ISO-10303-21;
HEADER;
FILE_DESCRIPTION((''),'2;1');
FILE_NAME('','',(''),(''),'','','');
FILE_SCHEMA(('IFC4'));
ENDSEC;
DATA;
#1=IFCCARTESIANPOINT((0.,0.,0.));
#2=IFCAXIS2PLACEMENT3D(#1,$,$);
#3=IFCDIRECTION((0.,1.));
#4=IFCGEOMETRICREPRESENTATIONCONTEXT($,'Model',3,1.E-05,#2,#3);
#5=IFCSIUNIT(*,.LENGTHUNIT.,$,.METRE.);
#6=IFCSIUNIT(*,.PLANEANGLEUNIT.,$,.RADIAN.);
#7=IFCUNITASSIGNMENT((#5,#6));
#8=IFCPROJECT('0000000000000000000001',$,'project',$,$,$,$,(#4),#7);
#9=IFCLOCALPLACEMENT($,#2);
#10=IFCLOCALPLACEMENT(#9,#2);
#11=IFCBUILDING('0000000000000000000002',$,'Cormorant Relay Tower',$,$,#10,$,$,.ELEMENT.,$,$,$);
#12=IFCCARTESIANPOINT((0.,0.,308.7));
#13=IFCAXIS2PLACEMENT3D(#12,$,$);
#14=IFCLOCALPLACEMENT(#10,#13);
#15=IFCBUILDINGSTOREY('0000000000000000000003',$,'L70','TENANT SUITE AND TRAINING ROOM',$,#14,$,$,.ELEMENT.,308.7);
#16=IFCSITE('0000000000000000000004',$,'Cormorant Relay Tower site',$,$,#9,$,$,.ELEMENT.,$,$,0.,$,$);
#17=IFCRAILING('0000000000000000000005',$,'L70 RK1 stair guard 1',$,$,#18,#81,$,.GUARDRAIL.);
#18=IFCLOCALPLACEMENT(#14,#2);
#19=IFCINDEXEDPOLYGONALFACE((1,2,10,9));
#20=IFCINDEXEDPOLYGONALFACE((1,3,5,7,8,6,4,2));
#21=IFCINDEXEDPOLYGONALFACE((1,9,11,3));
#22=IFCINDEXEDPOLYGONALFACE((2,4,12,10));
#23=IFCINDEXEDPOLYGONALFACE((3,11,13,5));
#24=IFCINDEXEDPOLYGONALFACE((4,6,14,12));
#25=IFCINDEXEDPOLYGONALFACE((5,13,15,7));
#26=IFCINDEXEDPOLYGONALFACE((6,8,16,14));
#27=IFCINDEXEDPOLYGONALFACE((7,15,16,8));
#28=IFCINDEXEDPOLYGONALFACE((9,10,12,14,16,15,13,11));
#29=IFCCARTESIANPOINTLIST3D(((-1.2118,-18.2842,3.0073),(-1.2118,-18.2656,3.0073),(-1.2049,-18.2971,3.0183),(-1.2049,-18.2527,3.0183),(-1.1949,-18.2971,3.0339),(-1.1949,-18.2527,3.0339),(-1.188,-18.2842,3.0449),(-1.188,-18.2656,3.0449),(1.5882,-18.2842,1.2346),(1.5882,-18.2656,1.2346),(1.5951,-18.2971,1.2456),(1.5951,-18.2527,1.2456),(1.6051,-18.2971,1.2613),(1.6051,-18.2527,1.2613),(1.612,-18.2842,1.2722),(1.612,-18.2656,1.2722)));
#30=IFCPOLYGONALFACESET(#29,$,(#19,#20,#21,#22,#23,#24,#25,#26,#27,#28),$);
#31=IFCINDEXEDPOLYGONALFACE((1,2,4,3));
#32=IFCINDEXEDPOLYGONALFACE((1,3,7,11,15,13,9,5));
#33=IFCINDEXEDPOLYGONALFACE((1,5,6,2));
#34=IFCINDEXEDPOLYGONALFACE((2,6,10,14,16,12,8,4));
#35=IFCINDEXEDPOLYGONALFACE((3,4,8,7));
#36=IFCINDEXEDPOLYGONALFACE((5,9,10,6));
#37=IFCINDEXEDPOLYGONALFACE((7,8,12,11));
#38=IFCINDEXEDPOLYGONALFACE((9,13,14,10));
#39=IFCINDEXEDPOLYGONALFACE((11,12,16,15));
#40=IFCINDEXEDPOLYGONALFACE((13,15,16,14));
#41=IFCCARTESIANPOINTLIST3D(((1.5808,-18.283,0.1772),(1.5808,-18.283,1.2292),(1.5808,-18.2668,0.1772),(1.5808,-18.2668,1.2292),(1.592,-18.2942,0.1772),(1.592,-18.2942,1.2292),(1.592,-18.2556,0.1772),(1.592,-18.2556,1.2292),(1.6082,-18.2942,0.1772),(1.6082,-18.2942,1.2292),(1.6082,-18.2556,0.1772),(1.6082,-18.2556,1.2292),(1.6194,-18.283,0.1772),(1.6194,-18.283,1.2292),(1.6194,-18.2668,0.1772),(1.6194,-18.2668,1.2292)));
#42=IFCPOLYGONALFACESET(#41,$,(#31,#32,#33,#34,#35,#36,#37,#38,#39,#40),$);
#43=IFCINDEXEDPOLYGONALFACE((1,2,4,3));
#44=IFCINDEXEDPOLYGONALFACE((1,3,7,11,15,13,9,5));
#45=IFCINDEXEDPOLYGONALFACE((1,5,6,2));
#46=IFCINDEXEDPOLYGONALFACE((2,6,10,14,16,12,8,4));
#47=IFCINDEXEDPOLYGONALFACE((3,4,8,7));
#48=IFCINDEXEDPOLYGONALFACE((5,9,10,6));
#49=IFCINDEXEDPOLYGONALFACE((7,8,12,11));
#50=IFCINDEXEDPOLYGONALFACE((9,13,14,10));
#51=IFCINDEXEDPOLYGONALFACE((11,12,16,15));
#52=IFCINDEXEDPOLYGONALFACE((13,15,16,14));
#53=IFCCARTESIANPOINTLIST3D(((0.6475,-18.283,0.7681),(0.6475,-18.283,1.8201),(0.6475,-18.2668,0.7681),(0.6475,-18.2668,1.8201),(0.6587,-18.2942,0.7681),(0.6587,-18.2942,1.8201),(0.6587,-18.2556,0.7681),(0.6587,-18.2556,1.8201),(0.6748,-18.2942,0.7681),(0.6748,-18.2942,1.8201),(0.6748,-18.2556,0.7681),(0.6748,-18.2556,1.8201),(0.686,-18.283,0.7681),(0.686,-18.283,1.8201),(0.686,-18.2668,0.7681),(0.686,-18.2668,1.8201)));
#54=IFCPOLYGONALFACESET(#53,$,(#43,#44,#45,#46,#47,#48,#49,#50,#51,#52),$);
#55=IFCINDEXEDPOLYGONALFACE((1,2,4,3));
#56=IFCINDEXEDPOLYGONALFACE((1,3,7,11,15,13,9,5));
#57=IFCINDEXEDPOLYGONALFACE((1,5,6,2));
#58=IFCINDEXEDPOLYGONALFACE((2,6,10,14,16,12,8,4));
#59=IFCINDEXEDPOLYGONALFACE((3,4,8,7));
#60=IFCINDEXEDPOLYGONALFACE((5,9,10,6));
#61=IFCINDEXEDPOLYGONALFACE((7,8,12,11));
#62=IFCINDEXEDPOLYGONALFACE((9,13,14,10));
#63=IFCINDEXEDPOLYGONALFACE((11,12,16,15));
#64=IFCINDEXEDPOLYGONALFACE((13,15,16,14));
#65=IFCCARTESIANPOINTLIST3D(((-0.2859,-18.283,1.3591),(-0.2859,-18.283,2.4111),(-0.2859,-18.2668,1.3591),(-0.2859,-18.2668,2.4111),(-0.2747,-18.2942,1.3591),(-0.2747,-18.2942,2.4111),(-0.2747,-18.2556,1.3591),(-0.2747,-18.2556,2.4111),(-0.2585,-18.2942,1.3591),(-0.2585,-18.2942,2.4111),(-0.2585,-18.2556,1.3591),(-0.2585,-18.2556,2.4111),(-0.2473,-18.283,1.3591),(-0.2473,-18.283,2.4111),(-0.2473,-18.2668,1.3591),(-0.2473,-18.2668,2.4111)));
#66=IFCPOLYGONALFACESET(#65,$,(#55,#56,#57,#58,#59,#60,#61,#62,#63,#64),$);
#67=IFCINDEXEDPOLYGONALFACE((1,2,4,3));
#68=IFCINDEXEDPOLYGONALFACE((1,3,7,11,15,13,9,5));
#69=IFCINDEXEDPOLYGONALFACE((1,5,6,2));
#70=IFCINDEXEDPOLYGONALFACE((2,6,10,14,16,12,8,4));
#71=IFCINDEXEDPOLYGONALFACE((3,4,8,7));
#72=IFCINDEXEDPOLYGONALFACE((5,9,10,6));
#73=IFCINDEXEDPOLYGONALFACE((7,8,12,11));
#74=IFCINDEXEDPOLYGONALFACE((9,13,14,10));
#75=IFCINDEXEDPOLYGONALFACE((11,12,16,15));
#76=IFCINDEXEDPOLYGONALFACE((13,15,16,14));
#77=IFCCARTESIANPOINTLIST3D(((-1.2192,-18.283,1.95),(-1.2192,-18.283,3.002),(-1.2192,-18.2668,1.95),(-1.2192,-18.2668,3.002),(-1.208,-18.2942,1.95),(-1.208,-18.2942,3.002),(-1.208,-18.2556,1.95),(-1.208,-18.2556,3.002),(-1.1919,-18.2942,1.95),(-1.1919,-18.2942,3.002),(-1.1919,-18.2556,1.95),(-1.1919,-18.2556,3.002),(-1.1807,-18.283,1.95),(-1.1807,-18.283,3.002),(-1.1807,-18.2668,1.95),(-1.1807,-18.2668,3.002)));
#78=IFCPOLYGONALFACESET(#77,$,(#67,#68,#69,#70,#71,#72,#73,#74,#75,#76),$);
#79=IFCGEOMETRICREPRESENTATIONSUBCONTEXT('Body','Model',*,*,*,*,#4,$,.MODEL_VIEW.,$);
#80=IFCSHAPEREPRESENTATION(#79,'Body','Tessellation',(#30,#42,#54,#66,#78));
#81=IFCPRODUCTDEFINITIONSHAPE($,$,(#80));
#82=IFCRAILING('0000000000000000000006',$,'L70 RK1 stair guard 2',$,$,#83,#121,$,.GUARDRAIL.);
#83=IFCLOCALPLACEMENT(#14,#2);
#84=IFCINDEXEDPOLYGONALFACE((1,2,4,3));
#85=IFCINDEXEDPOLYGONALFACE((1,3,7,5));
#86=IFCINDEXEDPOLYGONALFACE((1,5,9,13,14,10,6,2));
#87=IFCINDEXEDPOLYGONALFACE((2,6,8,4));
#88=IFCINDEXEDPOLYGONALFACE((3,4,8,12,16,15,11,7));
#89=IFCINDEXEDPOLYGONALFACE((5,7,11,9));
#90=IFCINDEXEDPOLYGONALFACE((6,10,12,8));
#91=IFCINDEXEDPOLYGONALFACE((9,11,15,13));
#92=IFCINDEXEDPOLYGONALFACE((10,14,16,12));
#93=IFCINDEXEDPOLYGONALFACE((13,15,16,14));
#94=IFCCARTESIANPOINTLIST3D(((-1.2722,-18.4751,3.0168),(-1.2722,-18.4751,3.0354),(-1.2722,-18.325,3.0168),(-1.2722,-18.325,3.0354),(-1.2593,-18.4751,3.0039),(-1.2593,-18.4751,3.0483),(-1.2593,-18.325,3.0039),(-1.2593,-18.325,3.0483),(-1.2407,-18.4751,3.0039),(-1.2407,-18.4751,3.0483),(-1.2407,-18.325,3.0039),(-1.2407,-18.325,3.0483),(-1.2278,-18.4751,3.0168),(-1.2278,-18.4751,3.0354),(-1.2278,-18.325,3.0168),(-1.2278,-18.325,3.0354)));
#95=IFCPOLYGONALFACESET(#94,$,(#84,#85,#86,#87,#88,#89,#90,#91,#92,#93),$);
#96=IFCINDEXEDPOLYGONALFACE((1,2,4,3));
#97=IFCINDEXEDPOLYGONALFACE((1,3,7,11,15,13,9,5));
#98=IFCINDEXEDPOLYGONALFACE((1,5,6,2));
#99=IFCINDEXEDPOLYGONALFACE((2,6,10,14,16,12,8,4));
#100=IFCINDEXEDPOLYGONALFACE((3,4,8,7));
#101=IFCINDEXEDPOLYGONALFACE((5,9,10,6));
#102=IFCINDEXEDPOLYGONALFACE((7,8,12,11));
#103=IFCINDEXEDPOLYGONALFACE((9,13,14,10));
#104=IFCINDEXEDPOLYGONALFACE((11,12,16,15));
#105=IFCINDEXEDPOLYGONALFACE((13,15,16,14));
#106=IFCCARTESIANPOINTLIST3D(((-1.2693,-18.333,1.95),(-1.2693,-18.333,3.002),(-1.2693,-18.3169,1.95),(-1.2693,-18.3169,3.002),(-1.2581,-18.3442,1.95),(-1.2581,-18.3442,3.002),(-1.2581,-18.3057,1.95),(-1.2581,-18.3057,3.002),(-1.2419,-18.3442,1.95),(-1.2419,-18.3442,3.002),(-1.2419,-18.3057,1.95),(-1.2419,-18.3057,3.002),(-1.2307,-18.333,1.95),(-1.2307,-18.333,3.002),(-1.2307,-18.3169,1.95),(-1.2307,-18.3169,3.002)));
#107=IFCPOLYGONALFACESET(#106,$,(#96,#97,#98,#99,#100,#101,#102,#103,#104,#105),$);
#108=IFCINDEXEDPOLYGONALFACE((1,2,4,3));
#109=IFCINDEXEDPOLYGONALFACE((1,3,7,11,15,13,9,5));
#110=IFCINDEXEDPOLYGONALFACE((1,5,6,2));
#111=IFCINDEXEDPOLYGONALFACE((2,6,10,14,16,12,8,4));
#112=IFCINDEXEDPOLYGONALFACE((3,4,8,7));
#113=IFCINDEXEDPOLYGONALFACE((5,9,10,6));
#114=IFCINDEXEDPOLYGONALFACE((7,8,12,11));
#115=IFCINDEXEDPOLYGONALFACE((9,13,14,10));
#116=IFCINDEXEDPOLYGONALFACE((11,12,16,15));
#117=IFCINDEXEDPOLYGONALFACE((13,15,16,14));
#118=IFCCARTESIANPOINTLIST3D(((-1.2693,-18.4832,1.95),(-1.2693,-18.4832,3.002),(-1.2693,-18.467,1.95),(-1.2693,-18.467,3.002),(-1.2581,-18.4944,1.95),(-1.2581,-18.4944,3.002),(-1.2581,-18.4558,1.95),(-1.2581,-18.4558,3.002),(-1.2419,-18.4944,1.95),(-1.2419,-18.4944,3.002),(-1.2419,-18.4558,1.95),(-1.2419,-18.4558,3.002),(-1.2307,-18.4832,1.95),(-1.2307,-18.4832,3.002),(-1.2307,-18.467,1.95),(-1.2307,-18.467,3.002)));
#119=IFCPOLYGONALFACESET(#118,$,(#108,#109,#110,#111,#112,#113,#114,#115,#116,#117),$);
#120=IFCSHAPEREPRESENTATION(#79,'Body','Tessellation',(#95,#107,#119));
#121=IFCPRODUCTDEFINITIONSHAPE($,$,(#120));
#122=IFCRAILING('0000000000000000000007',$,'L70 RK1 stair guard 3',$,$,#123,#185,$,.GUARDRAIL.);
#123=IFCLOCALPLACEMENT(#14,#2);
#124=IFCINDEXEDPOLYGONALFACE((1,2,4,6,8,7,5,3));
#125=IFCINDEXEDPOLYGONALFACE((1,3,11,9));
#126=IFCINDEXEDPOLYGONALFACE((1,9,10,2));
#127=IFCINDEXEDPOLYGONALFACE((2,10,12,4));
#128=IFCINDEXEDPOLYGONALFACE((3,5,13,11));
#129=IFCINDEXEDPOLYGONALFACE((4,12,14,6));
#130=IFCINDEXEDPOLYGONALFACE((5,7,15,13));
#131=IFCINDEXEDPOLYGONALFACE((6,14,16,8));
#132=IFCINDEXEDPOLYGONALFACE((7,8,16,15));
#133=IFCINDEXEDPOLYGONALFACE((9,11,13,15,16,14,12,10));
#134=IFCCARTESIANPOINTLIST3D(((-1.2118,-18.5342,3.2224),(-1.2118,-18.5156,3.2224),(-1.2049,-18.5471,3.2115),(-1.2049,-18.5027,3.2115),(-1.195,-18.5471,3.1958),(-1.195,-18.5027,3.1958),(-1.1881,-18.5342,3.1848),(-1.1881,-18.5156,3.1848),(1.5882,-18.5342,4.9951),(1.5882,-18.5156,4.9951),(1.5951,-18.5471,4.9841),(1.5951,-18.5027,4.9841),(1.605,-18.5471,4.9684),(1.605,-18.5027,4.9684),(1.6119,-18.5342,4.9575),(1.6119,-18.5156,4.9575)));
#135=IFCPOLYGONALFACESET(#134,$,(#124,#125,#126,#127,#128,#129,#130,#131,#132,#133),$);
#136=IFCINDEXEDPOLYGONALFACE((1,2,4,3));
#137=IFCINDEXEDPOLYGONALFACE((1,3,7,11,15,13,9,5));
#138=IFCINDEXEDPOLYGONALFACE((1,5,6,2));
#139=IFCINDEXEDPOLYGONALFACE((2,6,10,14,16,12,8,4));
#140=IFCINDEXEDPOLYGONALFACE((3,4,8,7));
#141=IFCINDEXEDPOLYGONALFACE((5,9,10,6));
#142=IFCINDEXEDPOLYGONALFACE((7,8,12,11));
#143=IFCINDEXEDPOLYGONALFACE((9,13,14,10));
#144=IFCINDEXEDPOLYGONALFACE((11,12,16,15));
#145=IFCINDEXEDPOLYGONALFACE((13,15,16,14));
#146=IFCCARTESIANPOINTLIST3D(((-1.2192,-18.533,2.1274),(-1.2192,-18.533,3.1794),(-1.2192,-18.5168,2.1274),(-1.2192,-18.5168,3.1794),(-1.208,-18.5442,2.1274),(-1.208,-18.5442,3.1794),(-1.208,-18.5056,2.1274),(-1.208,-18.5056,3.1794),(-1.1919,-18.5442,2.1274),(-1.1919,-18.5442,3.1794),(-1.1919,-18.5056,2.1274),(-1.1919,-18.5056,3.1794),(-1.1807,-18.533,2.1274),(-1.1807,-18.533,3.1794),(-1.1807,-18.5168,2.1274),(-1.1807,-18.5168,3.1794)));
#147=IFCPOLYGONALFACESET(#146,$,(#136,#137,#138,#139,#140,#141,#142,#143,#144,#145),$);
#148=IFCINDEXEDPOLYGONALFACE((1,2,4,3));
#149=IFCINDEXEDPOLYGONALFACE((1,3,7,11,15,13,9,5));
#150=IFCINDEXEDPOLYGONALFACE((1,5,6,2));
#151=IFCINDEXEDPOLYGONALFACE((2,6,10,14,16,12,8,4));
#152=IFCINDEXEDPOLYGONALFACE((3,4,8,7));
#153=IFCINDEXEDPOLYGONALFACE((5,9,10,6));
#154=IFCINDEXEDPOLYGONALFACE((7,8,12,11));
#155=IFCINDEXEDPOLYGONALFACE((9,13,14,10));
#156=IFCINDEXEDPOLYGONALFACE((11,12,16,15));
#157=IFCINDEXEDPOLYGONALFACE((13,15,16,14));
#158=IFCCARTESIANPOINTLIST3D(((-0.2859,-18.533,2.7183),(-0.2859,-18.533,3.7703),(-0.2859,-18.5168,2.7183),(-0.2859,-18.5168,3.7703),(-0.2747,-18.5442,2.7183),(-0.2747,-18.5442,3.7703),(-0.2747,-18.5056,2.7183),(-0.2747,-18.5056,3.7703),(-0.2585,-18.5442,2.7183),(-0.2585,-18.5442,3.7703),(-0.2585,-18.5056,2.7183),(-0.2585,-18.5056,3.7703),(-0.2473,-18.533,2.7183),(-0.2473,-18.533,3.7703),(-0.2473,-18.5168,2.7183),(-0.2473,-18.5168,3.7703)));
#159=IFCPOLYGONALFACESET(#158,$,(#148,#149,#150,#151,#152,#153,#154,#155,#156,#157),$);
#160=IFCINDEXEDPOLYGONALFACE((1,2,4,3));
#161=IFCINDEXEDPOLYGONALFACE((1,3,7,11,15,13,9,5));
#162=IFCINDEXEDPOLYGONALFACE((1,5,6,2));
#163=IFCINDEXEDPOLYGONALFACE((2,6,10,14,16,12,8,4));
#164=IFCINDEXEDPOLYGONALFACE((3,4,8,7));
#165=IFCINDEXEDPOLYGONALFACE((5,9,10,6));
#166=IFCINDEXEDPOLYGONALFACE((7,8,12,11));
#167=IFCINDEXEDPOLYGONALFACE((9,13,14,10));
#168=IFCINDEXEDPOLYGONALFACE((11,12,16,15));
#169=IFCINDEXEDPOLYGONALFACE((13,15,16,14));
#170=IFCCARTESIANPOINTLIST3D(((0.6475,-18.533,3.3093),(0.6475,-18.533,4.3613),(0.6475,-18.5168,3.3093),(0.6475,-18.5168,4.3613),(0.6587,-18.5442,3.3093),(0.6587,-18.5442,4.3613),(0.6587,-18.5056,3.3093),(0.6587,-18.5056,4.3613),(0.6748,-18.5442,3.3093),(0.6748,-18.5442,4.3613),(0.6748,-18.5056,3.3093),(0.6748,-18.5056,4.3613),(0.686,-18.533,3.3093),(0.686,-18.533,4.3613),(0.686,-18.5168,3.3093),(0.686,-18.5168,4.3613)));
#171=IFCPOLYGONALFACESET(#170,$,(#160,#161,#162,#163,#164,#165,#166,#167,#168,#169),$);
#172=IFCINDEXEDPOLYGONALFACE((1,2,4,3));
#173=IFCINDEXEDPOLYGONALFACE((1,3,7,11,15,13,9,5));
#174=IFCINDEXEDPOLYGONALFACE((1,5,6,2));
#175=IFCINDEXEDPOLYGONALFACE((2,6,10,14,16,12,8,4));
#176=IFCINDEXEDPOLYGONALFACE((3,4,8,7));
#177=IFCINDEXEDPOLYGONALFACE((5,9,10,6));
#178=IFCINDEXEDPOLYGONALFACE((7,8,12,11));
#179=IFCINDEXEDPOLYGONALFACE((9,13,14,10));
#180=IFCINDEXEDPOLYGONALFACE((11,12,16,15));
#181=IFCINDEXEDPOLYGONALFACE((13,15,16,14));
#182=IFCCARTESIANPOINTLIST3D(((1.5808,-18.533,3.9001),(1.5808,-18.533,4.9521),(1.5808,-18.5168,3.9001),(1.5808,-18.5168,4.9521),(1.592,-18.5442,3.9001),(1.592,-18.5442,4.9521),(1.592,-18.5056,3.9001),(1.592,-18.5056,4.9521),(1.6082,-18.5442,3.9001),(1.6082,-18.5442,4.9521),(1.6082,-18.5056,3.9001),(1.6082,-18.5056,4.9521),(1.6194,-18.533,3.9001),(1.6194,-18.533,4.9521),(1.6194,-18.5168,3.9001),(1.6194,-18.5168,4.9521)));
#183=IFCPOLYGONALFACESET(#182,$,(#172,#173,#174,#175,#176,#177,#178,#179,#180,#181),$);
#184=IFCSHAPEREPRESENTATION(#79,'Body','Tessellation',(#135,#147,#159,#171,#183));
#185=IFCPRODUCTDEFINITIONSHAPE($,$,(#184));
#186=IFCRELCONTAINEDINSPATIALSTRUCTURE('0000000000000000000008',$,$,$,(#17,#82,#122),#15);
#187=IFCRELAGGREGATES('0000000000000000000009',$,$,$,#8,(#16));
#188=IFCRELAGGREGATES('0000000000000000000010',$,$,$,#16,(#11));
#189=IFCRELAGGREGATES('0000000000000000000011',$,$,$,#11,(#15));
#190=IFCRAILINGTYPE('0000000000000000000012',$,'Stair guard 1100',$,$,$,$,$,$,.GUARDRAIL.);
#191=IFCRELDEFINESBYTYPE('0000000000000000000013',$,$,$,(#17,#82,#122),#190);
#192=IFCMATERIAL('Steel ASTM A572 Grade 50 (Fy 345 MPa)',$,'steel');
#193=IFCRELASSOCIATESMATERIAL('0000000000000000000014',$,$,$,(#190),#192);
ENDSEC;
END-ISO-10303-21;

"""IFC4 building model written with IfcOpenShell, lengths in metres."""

from ifc_helpers import new_model, si_unit, direction, frame, origin, place, context, subcontext, project, spatial, polyline, outline, extrude, material, type_object, element, save


model = new_model("IFC4")

# Units and contexts
model_context = context("Model", 3, precision=1e-05, world=origin(), true_north=direction((0.0, 1.0)))
body_context = subcontext(model_context, "Body", "Model", "MODEL_VIEW")
ifc_project = project(units=[si_unit("LENGTHUNIT", "METRE"), si_unit("PLANEANGLEUNIT", "RADIAN")], contexts=[model_context])

# Site, building, storey
site_placement = place(None, origin())
site = spatial("IfcSite", under=ifc_project, at=site_placement, Name="Cormorant Relay Tower site", CompositionType="ELEMENT", RefElevation=0.0)
building_placement = place(site_placement, origin())
building = spatial("IfcBuilding", under=site, at=building_placement, Name="Cormorant Relay Tower", CompositionType="ELEMENT")
storey_placement = place(building_placement, frame((0.0, 0.0, 308.7)))
storey = spatial("IfcBuildingStorey", under=building, at=storey_placement, Name="L70", Description="TENANT SUITE AND TRAINING ROOM", CompositionType="ELEMENT", Elevation=308.7)

# Railings
ifc_material_1 = material(Name="Steel ASTM A572 Grade 50 (Fy 345 MPa)", Category="steel")
railing_type_1 = type_object("IfcRailingType", Name="Stair guard 1100", PredefinedType="GUARDRAIL", material=ifc_material_1)
railing_1_placement = place(storey_placement, frame((1.6001, -18.2749, 0.1772)))
element("IfcRailing", 1, at=railing_1_placement, inside=storey, type_object=railing_type_1, Name="L70 RK1 stair guard 1", PredefinedType="GUARDRAIL", context=body_context, shape_type="SweptSolid", body=[
    extrude(outline(polyline([(0.0222, 0.0093), (0.0093, 0.0222), (-0.0093, 0.0222), (-0.0222, 0.0093), (-0.0222, -0.0093), (-0.0093, -0.0222), (0.0093, -0.0222), (0.0222, -0.0093), (0.0222, 0.0093)])), frame((0.0, 0.0, 1.0762), z_axis=(-0.844909, 0.0, 0.53491), x_axis=(0.0, -1.0, 0.0)), (0.0, 0.0, 1.0), 3.314),
    extrude(outline(polyline([(0.0193, 0.0081), (0.0081, 0.0193), (-0.0081, 0.0193), (-0.0193, 0.0081), (-0.0193, -0.0081), (-0.0081, -0.0193), (0.0081, -0.0193), (0.0193, -0.0081), (0.0193, 0.0081)])), origin(), (0.0, 0.0, 1.0), 1.052),
    extrude(outline(polyline([(0.0193, 0.0081), (0.0081, 0.0193), (-0.0081, 0.0193), (-0.0193, 0.0081), (-0.0193, -0.0081), (-0.0081, -0.0193), (0.0081, -0.0193), (0.0193, -0.0081), (0.0193, 0.0081)])), frame((-0.9333, 0.0, 0.5908)), (0.0, 0.0, 1.0), 1.052),
    extrude(outline(polyline([(0.0193, 0.0081), (0.0081, 0.0193), (-0.0081, 0.0193), (-0.0193, 0.0081), (-0.0193, -0.0081), (-0.0081, -0.0193), (0.0081, -0.0193), (0.0193, -0.0081), (0.0193, 0.0081)])), frame((-1.8667, 0.0, 1.1819)), (0.0, 0.0, 1.0), 1.052),
    extrude(outline(polyline([(0.0193, 0.0081), (0.0081, 0.0193), (-0.0081, 0.0193), (-0.0193, 0.0081), (-0.0193, -0.0081), (-0.0081, -0.0193), (0.0081, -0.0193), (0.0193, -0.0081), (0.0193, 0.0081)])), frame((-2.8, 0.0, 1.7727)), (0.0, 0.0, 1.0), 1.052),
])
railing_2_placement = place(storey_placement, frame((-1.25, -18.325, 1.95)))
element("IfcRailing", 2, at=railing_2_placement, inside=storey, type_object=railing_type_1, Name="L70 RK1 stair guard 2", PredefinedType="GUARDRAIL", context=body_context, shape_type="SweptSolid", body=[
    extrude(outline(polyline([(0.0222, 0.0093), (0.0093, 0.0222), (-0.0093, 0.0222), (-0.0222, 0.0093), (-0.0222, -0.0093), (-0.0093, -0.0222), (0.0093, -0.0222), (0.0222, -0.0093), (0.0222, 0.0093)])), frame((0.0, 0.0, 1.0762), z_axis=(0.0, -1.0, 0.0), x_axis=(1.0, 0.0, 0.0)), (0.0, 0.0, 1.0), 0.1501),
    extrude(outline(polyline([(0.0193, 0.0081), (0.0081, 0.0193), (-0.0081, 0.0193), (-0.0193, 0.0081), (-0.0193, -0.0081), (-0.0081, -0.0193), (0.0081, -0.0193), (0.0193, -0.0081), (0.0193, 0.0081)])), origin(), (0.0, 0.0, 1.0), 1.052),
    extrude(outline(polyline([(0.0193, 0.0081), (0.0081, 0.0193), (-0.0081, 0.0193), (-0.0193, 0.0081), (-0.0193, -0.0081), (-0.0081, -0.0193), (0.0081, -0.0193), (0.0193, -0.0081), (0.0193, 0.0081)])), frame((0.0, -0.1501, 0.0)), (0.0, 0.0, 1.0), 1.052),
])
railing_3_placement = place(storey_placement, frame((-1.2, -18.5249, 2.1274)))
element("IfcRailing", 3, at=railing_3_placement, inside=storey, type_object=railing_type_1, Name="L70 RK1 stair guard 3", PredefinedType="GUARDRAIL", context=body_context, shape_type="SweptSolid", body=[
    extrude(outline(polyline([(0.0222, 0.0093), (0.0093, 0.0222), (-0.0093, 0.0222), (-0.0222, 0.0093), (-0.0222, -0.0093), (-0.0093, -0.0222), (0.0093, -0.0222), (0.0222, -0.0093), (0.0222, 0.0093)])), frame((0.0, 0.0, 1.0762), z_axis=(0.844909, 0.0, 0.53491), x_axis=(0.0, 1.0, 0.0)), (0.0, 0.0, 1.0), 3.314),
    extrude(outline(polyline([(0.0193, 0.0081), (0.0081, 0.0193), (-0.0081, 0.0193), (-0.0193, 0.0081), (-0.0193, -0.0081), (-0.0081, -0.0193), (0.0081, -0.0193), (0.0193, -0.0081), (0.0193, 0.0081)])), origin(), (0.0, 0.0, 1.0), 1.052),
    extrude(outline(polyline([(0.0193, 0.0081), (0.0081, 0.0193), (-0.0081, 0.0193), (-0.0193, 0.0081), (-0.0193, -0.0081), (-0.0081, -0.0193), (0.0081, -0.0193), (0.0193, -0.0081), (0.0193, 0.0081)])), frame((0.9333, 0.0, 0.5908)), (0.0, 0.0, 1.0), 1.052),
    extrude(outline(polyline([(0.0193, 0.0081), (0.0081, 0.0193), (-0.0081, 0.0193), (-0.0193, 0.0081), (-0.0193, -0.0081), (-0.0081, -0.0193), (0.0081, -0.0193), (0.0193, -0.0081), (0.0193, 0.0081)])), frame((1.8667, 0.0, 1.1819)), (0.0, 0.0, 1.0), 1.052),
    extrude(outline(polyline([(0.0193, 0.0081), (0.0081, 0.0193), (-0.0081, 0.0193), (-0.0193, 0.0081), (-0.0193, -0.0081), (-0.0081, -0.0193), (0.0081, -0.0193), (0.0193, -0.0081), (0.0193, 0.0081)])), frame((2.8, 0.0, 1.7727)), (0.0, 0.0, 1.0), 1.052),
])

save(model, "model.ifc")
